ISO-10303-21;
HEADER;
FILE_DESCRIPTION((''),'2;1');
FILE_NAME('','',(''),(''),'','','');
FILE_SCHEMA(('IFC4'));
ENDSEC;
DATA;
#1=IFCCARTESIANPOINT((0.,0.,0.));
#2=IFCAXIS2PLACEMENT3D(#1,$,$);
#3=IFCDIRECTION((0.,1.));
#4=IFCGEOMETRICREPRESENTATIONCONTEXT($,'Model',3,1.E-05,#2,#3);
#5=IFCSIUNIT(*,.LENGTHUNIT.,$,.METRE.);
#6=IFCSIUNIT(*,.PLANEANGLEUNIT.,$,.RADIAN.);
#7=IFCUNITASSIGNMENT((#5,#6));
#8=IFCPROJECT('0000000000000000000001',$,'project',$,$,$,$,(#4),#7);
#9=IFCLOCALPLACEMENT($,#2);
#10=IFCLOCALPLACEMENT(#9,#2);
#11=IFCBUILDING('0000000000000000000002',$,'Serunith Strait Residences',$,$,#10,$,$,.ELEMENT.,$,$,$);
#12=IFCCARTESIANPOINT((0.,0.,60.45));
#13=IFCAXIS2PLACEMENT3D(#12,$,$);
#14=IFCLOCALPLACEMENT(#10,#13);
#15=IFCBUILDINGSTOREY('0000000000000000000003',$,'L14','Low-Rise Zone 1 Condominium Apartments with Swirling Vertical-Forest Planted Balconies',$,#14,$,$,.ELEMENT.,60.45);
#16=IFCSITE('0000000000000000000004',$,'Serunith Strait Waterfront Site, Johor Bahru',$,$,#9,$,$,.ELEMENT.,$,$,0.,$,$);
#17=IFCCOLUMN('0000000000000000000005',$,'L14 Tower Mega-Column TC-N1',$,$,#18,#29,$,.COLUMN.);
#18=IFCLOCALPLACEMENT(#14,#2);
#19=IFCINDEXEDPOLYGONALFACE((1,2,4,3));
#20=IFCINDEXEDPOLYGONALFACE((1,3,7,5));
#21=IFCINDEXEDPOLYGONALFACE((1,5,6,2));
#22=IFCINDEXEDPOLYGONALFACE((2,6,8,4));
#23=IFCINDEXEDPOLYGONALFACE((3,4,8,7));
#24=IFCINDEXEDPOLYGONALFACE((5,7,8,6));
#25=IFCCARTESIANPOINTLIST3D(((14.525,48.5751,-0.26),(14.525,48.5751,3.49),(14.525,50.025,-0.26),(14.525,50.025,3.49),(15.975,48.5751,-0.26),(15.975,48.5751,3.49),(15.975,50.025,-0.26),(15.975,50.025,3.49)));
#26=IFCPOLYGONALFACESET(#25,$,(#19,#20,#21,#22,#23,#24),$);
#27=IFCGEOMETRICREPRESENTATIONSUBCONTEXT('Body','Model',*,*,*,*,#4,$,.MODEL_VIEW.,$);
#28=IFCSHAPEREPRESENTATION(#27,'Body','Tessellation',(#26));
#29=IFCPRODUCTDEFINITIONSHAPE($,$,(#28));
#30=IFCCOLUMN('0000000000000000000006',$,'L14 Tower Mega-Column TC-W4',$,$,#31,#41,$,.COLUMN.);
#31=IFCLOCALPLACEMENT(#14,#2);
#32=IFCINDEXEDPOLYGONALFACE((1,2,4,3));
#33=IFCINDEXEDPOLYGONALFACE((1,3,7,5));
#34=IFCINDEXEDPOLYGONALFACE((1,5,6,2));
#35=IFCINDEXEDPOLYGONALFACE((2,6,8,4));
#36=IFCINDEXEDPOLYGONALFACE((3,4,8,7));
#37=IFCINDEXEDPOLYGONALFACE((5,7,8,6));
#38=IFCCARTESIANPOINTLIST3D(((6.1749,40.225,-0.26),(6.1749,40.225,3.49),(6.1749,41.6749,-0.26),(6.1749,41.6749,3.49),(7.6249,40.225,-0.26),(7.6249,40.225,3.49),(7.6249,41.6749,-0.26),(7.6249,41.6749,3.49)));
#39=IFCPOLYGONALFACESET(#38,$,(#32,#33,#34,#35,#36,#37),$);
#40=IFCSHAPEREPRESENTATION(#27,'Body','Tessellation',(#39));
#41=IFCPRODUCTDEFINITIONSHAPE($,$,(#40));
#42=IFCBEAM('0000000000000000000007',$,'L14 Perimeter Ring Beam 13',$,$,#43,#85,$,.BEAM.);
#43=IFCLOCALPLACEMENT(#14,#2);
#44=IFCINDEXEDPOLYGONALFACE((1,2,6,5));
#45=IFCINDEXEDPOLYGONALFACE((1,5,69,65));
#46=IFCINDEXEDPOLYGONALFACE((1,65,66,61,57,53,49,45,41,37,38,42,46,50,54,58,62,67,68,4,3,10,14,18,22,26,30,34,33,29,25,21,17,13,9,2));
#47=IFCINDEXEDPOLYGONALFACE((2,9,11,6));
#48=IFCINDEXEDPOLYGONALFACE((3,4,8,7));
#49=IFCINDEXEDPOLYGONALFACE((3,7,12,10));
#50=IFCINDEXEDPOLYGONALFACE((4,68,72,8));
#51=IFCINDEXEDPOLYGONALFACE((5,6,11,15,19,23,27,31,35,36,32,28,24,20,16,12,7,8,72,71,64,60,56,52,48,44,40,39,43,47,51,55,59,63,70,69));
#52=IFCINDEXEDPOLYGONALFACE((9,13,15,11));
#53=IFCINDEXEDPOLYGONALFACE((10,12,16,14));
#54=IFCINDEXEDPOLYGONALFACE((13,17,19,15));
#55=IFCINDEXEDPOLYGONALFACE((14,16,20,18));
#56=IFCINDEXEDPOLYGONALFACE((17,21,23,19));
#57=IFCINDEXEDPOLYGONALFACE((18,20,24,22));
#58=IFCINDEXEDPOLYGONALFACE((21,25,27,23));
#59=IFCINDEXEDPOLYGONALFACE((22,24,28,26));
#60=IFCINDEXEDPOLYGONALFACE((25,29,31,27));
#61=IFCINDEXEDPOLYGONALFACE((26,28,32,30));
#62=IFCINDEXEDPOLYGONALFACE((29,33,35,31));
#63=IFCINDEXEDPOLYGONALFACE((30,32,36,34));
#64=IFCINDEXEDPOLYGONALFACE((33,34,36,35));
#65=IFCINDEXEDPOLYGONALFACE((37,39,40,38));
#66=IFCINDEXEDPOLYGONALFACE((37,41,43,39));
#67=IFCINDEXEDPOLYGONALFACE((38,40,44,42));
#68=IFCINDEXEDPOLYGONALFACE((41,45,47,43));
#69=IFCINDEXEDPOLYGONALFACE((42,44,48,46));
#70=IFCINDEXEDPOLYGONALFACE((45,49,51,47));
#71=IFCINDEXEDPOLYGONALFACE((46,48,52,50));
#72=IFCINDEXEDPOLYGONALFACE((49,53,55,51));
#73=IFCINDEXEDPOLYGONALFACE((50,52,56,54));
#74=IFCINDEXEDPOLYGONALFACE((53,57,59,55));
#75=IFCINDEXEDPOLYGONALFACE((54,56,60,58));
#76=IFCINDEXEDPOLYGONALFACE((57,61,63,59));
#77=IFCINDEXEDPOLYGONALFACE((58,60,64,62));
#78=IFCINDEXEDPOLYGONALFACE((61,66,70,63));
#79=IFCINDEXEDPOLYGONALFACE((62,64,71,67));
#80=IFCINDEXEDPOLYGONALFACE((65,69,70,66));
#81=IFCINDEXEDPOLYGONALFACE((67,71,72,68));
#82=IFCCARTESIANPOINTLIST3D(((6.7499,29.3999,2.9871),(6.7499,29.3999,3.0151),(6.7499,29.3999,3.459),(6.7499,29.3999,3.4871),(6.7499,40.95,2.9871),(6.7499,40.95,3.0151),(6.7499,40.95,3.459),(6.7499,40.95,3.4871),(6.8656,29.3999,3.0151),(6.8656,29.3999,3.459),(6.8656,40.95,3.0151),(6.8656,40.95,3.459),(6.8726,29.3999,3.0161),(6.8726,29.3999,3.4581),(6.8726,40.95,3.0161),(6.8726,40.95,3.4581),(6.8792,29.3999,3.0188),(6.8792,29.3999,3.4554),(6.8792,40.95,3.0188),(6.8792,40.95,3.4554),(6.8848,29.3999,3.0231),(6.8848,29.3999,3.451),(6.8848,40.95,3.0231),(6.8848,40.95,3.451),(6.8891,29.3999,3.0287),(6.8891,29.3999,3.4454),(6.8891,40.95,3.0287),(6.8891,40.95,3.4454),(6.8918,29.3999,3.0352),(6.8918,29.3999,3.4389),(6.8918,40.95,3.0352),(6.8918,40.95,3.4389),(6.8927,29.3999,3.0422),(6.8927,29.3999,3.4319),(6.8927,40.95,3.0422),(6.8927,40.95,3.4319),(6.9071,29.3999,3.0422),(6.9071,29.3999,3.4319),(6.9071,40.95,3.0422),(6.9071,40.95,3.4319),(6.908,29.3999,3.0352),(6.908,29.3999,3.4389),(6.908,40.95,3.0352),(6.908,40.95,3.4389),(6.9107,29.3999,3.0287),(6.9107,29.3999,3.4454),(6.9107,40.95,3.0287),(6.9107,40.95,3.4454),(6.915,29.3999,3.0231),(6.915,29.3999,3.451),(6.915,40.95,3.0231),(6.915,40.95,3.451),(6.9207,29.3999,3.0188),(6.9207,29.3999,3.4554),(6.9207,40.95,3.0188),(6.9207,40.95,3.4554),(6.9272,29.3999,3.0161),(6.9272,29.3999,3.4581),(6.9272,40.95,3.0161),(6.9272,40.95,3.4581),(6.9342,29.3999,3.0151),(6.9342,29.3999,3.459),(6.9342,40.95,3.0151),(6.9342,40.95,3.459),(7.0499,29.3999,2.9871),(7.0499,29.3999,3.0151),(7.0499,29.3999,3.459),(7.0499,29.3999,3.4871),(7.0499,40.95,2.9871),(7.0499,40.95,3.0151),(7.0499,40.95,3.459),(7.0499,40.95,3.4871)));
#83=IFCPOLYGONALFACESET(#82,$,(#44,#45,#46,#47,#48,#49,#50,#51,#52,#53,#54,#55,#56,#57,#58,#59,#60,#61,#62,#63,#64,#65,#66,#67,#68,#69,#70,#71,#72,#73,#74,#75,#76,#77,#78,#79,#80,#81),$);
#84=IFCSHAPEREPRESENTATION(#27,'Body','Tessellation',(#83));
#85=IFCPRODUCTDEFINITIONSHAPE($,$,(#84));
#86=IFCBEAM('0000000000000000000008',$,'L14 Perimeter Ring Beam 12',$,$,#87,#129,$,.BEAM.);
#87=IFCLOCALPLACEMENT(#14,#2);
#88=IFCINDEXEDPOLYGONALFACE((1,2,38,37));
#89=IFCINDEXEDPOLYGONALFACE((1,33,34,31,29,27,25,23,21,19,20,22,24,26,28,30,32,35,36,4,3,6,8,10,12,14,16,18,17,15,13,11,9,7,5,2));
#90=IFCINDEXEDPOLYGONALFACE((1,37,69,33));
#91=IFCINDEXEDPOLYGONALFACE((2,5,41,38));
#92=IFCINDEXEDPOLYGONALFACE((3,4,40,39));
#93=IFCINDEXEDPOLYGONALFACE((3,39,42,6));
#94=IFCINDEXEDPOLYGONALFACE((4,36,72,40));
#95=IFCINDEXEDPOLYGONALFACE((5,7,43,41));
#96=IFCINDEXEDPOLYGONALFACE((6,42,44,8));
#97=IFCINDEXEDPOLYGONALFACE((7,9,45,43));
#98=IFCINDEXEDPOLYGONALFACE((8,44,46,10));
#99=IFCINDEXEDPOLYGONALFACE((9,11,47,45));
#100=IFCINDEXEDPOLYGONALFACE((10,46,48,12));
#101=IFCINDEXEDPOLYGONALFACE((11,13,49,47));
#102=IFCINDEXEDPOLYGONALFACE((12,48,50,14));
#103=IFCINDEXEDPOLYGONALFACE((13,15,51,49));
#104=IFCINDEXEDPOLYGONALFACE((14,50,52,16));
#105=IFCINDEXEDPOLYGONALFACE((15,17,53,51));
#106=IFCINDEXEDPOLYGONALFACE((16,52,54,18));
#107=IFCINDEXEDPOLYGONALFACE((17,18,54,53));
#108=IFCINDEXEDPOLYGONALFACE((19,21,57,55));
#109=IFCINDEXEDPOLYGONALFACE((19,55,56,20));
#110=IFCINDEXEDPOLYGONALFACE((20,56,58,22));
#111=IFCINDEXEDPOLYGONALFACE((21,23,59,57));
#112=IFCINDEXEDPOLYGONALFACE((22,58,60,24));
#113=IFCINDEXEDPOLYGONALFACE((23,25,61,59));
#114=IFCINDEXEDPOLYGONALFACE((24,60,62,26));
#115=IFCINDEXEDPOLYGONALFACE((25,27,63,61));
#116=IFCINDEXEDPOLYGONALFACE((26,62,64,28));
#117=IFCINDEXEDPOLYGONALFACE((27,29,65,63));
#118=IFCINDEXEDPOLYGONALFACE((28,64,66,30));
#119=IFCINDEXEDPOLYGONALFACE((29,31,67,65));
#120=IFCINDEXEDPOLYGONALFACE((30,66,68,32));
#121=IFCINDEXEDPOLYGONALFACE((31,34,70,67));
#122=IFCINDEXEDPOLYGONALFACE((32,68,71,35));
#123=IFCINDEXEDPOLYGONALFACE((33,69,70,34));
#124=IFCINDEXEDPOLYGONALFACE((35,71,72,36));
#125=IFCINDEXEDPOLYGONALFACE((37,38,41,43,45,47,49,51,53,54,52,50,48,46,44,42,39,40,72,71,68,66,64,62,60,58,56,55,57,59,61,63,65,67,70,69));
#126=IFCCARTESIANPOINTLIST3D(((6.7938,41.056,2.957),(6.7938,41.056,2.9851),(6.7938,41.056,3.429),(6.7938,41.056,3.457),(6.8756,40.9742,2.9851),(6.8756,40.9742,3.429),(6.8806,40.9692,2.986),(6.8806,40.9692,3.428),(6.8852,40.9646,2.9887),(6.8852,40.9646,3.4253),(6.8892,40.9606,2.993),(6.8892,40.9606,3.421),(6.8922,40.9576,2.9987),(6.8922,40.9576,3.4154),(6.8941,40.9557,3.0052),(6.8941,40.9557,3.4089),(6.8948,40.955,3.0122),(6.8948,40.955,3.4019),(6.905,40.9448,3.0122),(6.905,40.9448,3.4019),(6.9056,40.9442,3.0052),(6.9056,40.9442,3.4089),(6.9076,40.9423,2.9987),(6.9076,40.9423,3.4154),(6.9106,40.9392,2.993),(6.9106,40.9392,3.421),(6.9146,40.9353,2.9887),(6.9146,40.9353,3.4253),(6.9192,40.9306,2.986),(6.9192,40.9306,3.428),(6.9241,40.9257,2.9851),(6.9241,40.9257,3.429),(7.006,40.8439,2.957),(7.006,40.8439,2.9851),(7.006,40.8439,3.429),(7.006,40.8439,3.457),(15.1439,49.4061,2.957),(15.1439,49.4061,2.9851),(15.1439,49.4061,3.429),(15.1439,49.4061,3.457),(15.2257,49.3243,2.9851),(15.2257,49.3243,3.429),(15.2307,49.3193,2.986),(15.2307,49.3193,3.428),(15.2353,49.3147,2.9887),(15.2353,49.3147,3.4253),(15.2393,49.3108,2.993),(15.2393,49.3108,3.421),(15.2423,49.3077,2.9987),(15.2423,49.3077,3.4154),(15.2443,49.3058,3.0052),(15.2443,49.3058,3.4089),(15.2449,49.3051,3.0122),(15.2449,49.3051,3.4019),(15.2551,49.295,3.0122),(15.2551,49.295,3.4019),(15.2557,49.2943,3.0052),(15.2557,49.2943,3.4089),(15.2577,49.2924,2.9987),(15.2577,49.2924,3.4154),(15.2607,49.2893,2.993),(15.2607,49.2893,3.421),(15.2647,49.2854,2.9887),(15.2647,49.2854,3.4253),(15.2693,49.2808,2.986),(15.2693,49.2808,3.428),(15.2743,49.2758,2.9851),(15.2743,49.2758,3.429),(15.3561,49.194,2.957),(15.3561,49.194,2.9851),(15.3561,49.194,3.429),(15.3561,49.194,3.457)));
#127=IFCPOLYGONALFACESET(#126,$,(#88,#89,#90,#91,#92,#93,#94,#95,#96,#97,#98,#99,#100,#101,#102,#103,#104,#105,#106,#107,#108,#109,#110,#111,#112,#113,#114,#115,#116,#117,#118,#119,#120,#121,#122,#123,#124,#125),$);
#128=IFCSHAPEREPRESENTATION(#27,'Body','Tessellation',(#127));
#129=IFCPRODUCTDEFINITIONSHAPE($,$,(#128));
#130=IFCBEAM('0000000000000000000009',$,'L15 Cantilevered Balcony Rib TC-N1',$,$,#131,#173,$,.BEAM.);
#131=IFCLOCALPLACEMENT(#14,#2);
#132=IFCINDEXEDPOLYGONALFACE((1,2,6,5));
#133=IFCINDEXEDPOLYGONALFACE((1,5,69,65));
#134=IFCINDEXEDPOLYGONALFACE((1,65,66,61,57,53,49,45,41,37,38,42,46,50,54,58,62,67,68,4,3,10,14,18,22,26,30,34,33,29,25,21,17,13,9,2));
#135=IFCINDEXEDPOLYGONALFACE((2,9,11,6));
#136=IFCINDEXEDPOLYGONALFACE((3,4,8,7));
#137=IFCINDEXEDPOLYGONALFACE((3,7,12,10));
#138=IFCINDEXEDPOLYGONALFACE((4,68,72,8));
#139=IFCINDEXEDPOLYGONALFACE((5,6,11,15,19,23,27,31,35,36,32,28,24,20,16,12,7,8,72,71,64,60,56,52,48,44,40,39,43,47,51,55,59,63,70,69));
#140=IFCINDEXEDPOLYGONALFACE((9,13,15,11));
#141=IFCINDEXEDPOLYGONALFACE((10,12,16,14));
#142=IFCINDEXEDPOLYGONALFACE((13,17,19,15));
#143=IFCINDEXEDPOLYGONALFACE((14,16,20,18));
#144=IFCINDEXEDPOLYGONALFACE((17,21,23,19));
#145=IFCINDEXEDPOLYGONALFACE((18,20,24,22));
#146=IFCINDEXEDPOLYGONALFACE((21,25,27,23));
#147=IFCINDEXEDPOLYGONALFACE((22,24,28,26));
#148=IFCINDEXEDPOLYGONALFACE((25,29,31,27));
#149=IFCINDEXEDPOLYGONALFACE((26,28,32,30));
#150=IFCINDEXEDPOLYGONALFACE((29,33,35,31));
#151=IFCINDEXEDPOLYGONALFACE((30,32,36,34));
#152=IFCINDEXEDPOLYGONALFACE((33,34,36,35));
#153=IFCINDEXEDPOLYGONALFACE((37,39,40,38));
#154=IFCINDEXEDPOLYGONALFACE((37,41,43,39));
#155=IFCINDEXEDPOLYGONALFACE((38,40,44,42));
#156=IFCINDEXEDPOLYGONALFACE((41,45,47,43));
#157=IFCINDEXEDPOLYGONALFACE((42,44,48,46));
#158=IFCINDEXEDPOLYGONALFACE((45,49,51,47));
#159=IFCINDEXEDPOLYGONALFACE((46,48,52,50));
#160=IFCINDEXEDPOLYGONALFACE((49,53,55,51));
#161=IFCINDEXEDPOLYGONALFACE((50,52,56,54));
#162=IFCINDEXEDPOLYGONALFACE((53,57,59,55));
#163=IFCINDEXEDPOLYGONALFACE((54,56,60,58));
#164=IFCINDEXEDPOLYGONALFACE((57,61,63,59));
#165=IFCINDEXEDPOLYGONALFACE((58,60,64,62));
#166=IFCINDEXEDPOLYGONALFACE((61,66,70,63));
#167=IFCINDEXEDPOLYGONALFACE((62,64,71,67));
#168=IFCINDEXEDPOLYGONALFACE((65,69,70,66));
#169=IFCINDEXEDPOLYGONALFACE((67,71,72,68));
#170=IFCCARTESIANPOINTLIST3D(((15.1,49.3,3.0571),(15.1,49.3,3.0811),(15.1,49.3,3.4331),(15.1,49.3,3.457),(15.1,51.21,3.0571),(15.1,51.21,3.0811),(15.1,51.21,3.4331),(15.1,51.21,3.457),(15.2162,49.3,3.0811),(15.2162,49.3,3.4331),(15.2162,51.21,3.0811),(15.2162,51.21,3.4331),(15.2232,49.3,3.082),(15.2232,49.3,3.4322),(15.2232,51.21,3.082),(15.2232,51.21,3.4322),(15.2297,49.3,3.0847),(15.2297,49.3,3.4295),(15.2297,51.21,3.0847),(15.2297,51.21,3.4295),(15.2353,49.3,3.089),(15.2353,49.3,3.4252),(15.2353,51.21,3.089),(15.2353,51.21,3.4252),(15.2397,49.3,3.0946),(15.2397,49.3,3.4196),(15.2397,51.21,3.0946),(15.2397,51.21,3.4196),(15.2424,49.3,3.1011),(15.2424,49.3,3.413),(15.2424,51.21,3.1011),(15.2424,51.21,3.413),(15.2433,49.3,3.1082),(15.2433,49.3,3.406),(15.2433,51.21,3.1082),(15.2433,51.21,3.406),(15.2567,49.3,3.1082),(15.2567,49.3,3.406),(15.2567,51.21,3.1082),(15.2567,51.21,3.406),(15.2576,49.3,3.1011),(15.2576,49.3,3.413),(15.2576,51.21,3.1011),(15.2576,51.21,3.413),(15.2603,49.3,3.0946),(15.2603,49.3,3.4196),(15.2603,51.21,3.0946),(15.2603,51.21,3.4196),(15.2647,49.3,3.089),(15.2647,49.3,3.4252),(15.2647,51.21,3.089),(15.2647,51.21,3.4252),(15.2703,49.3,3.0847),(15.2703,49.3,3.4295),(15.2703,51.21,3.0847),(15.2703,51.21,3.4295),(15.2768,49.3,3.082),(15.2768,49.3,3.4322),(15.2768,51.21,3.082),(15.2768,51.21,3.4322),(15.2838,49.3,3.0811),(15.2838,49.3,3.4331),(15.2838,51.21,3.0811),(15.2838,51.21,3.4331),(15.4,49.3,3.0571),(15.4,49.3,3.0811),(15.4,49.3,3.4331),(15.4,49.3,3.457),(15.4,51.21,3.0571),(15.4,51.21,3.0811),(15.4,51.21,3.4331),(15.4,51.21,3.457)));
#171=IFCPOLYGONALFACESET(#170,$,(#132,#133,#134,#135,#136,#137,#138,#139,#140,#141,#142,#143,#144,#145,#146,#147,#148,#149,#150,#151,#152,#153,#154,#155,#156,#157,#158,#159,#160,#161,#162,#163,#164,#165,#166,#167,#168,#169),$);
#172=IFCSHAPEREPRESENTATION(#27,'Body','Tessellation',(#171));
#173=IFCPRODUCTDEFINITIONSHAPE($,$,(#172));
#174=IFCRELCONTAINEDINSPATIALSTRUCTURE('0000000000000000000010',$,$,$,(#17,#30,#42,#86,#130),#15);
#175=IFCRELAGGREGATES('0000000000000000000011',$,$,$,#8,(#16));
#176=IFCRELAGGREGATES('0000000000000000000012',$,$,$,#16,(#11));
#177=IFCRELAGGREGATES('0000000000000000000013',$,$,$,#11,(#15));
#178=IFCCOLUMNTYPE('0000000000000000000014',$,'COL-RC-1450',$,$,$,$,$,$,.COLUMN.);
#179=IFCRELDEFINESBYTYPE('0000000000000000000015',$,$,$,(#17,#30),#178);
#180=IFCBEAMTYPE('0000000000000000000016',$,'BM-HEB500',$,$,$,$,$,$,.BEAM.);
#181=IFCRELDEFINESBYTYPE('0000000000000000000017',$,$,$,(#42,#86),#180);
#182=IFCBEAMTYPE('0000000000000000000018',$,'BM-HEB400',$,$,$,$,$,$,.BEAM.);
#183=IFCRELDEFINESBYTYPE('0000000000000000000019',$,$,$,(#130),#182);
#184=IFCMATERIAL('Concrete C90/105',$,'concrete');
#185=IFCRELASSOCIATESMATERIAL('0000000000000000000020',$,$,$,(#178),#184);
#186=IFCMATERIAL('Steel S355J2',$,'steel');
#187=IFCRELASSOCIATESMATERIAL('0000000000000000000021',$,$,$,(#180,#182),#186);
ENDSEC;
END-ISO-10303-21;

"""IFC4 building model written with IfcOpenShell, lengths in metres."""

from ifc_helpers import new_model, si_unit, direction, frame, origin, origin_2d, place, context, subcontext, project, spatial, rectangle, i_section, extrude, source, transform, mapped, material, material_profile, profile_set, type_object, element, save


model = new_model("IFC4")

# Units and contexts
model_context = context("Model", 3, precision=1e-05, world=origin(), true_north=direction((0.0, 1.0)))
body_context = subcontext(model_context, "Body", "Model", "MODEL_VIEW")
ifc_project = project(units=[si_unit("LENGTHUNIT", "METRE"), si_unit("PLANEANGLEUNIT", "RADIAN")], contexts=[model_context])

# Site, building, storey
site_placement = place(None, origin())
site = spatial("IfcSite", under=ifc_project, at=site_placement, Name="Serunith Strait Waterfront Site, Johor Bahru", CompositionType="ELEMENT", RefElevation=0.0)
building_placement = place(site_placement, origin())
building = spatial("IfcBuilding", under=site, at=building_placement, Name="Serunith Strait Residences", CompositionType="ELEMENT")
storey_placement = place(building_placement, frame((0.0, 0.0, 60.45)))
storey = spatial("IfcBuildingStorey", under=building, at=storey_placement, Name="L14", Description="Low-Rise Zone 1 Condominium Apartments with Swirling Vertical-Forest Planted Balconies", CompositionType="ELEMENT", Elevation=60.45)

# Columns
ifc_material_1 = material(Name="Concrete C90/105", Category="concrete")
ifc_material_profile_1 = material_profile(ifc_material_1, rectangle(XDim=1.45, YDim=1.45, at=origin_2d()), Name="RC 1450x1450")
ifc_profile_set_1 = profile_set([ifc_material_profile_1], Name="Concrete C90/105")
column_type = type_object("IfcColumnType", Name="COL-RC-1450", PredefinedType="COLUMN", material=ifc_profile_set_1)
shared_shape_1 = source(origin(), body_context, "Body", "SweptSolid", [
    extrude(rectangle(XDim=1.45, YDim=1.45, at=origin_2d()), origin(), (0.0, 0.0, 1.0), 3.75),
])
for number, where, z_axis, x_axis, name in (
    (1, (15.25, 49.3, -0.26), (0.0, 0.0, 1.0), (1.0, 0.0, 0.0), "L14 Tower Mega-Column TC-N1"),
    (2, (6.8999, 40.95, -0.26), (0.0, 0.0, 1.0), (1.0, 0.0, 0.0), "L14 Tower Mega-Column TC-W4"),
):
    element("IfcColumn", number, at=place(storey_placement, frame(where, z_axis=z_axis, x_axis=x_axis)), inside=storey, type_object=column_type, Name=name, PredefinedType="COLUMN", context=body_context, shape_type="MappedRepresentation", body=[
        mapped(shared_shape_1, transform((0.0, 0.0, 0.0), scale=1.0)),
    ])

# Beams
ifc_material_2 = material(Name="Steel S355J2", Category="steel")
ifc_material_profile_2 = material_profile(ifc_material_2, i_section(OverallWidth=0.3, OverallDepth=0.5, WebThickness=0.0144, FlangeThickness=0.0281, FilletRadius=0.0271, at=origin_2d()), Name="HEB 500")
ifc_profile_set_2 = profile_set([ifc_material_profile_2], Name="Steel S355J2")
beam_type_1 = type_object("IfcBeamType", Name="BM-HEB500", PredefinedType="BEAM", material=ifc_profile_set_2)
shared_shape_2 = source(origin(), body_context, "Body", "SweptSolid", [
    extrude(i_section(OverallWidth=0.3, OverallDepth=0.5, WebThickness=0.0144, FlangeThickness=0.0281, FilletRadius=0.0271, at=origin_2d()), origin(), (0.0, 0.0, 1.0), 11.55),
])
beam_1_placement = place(storey_placement, frame((6.8999, 40.95, 3.2371), z_axis=(0.0, -1.0, 0.0), x_axis=(1.0, 0.0, 0.0)))
element("IfcBeam", 3, at=beam_1_placement, inside=storey, type_object=beam_type_1, Name="L14 Perimeter Ring Beam 13", PredefinedType="BEAM", context=body_context, shape_type="MappedRepresentation", body=[
    mapped(shared_shape_2, transform((0.0, 0.0, 0.0), scale=1.0)),
])
shared_shape_3 = source(origin(), body_context, "Body", "SweptSolid", [
    extrude(i_section(OverallWidth=0.3, OverallDepth=0.5, WebThickness=0.0144, FlangeThickness=0.0281, FilletRadius=0.0271, at=origin_2d()), origin(), (0.0, 0.0, 1.0), 11.8088),
])
beam_2_placement = place(storey_placement, frame((15.25, 49.3, 3.207), z_axis=(-0.707107, -0.707107, 0.0), x_axis=(0.707107, -0.707107, 0.0)))
element("IfcBeam", 4, at=beam_2_placement, inside=storey, type_object=beam_type_1, Name="L14 Perimeter Ring Beam 12", PredefinedType="BEAM", context=body_context, shape_type="MappedRepresentation", body=[
    mapped(shared_shape_3, transform((0.0, 0.0, 0.0), scale=1.0)),
])
ifc_material_profile_3 = material_profile(ifc_material_2, i_section(OverallWidth=0.3, OverallDepth=0.3999, WebThickness=0.0134, FlangeThickness=0.0239, FilletRadius=0.0271, at=origin_2d()), Name="HEB 400")
ifc_profile_set_3 = profile_set([ifc_material_profile_3], Name="Steel S355J2")
beam_type_2 = type_object("IfcBeamType", Name="BM-HEB400", PredefinedType="BEAM", material=ifc_profile_set_3)
shared_shape_4 = source(origin(), body_context, "Body", "SweptSolid", [
    extrude(i_section(OverallWidth=0.3, OverallDepth=0.3999, WebThickness=0.0134, FlangeThickness=0.0239, FilletRadius=0.0271, at=origin_2d()), origin(), (0.0, 0.0, 1.0), 1.9099),
])
for number, where, z_axis, x_axis, name in (
    (5, (15.25, 49.3, 3.2571), (0.0, 1.0, 0.0), (-1.0, 0.0, 0.0), "L15 Cantilevered Balcony Rib TC-N1"),
):
    element("IfcBeam", number, at=place(storey_placement, frame(where, z_axis=z_axis, x_axis=x_axis)), inside=storey, type_object=beam_type_2, Name=name, PredefinedType="BEAM", context=body_context, shape_type="MappedRepresentation", body=[
        mapped(shared_shape_4, transform((0.0, 0.0, 0.0), scale=1.0)),
    ])

save(model, "model.ifc")
